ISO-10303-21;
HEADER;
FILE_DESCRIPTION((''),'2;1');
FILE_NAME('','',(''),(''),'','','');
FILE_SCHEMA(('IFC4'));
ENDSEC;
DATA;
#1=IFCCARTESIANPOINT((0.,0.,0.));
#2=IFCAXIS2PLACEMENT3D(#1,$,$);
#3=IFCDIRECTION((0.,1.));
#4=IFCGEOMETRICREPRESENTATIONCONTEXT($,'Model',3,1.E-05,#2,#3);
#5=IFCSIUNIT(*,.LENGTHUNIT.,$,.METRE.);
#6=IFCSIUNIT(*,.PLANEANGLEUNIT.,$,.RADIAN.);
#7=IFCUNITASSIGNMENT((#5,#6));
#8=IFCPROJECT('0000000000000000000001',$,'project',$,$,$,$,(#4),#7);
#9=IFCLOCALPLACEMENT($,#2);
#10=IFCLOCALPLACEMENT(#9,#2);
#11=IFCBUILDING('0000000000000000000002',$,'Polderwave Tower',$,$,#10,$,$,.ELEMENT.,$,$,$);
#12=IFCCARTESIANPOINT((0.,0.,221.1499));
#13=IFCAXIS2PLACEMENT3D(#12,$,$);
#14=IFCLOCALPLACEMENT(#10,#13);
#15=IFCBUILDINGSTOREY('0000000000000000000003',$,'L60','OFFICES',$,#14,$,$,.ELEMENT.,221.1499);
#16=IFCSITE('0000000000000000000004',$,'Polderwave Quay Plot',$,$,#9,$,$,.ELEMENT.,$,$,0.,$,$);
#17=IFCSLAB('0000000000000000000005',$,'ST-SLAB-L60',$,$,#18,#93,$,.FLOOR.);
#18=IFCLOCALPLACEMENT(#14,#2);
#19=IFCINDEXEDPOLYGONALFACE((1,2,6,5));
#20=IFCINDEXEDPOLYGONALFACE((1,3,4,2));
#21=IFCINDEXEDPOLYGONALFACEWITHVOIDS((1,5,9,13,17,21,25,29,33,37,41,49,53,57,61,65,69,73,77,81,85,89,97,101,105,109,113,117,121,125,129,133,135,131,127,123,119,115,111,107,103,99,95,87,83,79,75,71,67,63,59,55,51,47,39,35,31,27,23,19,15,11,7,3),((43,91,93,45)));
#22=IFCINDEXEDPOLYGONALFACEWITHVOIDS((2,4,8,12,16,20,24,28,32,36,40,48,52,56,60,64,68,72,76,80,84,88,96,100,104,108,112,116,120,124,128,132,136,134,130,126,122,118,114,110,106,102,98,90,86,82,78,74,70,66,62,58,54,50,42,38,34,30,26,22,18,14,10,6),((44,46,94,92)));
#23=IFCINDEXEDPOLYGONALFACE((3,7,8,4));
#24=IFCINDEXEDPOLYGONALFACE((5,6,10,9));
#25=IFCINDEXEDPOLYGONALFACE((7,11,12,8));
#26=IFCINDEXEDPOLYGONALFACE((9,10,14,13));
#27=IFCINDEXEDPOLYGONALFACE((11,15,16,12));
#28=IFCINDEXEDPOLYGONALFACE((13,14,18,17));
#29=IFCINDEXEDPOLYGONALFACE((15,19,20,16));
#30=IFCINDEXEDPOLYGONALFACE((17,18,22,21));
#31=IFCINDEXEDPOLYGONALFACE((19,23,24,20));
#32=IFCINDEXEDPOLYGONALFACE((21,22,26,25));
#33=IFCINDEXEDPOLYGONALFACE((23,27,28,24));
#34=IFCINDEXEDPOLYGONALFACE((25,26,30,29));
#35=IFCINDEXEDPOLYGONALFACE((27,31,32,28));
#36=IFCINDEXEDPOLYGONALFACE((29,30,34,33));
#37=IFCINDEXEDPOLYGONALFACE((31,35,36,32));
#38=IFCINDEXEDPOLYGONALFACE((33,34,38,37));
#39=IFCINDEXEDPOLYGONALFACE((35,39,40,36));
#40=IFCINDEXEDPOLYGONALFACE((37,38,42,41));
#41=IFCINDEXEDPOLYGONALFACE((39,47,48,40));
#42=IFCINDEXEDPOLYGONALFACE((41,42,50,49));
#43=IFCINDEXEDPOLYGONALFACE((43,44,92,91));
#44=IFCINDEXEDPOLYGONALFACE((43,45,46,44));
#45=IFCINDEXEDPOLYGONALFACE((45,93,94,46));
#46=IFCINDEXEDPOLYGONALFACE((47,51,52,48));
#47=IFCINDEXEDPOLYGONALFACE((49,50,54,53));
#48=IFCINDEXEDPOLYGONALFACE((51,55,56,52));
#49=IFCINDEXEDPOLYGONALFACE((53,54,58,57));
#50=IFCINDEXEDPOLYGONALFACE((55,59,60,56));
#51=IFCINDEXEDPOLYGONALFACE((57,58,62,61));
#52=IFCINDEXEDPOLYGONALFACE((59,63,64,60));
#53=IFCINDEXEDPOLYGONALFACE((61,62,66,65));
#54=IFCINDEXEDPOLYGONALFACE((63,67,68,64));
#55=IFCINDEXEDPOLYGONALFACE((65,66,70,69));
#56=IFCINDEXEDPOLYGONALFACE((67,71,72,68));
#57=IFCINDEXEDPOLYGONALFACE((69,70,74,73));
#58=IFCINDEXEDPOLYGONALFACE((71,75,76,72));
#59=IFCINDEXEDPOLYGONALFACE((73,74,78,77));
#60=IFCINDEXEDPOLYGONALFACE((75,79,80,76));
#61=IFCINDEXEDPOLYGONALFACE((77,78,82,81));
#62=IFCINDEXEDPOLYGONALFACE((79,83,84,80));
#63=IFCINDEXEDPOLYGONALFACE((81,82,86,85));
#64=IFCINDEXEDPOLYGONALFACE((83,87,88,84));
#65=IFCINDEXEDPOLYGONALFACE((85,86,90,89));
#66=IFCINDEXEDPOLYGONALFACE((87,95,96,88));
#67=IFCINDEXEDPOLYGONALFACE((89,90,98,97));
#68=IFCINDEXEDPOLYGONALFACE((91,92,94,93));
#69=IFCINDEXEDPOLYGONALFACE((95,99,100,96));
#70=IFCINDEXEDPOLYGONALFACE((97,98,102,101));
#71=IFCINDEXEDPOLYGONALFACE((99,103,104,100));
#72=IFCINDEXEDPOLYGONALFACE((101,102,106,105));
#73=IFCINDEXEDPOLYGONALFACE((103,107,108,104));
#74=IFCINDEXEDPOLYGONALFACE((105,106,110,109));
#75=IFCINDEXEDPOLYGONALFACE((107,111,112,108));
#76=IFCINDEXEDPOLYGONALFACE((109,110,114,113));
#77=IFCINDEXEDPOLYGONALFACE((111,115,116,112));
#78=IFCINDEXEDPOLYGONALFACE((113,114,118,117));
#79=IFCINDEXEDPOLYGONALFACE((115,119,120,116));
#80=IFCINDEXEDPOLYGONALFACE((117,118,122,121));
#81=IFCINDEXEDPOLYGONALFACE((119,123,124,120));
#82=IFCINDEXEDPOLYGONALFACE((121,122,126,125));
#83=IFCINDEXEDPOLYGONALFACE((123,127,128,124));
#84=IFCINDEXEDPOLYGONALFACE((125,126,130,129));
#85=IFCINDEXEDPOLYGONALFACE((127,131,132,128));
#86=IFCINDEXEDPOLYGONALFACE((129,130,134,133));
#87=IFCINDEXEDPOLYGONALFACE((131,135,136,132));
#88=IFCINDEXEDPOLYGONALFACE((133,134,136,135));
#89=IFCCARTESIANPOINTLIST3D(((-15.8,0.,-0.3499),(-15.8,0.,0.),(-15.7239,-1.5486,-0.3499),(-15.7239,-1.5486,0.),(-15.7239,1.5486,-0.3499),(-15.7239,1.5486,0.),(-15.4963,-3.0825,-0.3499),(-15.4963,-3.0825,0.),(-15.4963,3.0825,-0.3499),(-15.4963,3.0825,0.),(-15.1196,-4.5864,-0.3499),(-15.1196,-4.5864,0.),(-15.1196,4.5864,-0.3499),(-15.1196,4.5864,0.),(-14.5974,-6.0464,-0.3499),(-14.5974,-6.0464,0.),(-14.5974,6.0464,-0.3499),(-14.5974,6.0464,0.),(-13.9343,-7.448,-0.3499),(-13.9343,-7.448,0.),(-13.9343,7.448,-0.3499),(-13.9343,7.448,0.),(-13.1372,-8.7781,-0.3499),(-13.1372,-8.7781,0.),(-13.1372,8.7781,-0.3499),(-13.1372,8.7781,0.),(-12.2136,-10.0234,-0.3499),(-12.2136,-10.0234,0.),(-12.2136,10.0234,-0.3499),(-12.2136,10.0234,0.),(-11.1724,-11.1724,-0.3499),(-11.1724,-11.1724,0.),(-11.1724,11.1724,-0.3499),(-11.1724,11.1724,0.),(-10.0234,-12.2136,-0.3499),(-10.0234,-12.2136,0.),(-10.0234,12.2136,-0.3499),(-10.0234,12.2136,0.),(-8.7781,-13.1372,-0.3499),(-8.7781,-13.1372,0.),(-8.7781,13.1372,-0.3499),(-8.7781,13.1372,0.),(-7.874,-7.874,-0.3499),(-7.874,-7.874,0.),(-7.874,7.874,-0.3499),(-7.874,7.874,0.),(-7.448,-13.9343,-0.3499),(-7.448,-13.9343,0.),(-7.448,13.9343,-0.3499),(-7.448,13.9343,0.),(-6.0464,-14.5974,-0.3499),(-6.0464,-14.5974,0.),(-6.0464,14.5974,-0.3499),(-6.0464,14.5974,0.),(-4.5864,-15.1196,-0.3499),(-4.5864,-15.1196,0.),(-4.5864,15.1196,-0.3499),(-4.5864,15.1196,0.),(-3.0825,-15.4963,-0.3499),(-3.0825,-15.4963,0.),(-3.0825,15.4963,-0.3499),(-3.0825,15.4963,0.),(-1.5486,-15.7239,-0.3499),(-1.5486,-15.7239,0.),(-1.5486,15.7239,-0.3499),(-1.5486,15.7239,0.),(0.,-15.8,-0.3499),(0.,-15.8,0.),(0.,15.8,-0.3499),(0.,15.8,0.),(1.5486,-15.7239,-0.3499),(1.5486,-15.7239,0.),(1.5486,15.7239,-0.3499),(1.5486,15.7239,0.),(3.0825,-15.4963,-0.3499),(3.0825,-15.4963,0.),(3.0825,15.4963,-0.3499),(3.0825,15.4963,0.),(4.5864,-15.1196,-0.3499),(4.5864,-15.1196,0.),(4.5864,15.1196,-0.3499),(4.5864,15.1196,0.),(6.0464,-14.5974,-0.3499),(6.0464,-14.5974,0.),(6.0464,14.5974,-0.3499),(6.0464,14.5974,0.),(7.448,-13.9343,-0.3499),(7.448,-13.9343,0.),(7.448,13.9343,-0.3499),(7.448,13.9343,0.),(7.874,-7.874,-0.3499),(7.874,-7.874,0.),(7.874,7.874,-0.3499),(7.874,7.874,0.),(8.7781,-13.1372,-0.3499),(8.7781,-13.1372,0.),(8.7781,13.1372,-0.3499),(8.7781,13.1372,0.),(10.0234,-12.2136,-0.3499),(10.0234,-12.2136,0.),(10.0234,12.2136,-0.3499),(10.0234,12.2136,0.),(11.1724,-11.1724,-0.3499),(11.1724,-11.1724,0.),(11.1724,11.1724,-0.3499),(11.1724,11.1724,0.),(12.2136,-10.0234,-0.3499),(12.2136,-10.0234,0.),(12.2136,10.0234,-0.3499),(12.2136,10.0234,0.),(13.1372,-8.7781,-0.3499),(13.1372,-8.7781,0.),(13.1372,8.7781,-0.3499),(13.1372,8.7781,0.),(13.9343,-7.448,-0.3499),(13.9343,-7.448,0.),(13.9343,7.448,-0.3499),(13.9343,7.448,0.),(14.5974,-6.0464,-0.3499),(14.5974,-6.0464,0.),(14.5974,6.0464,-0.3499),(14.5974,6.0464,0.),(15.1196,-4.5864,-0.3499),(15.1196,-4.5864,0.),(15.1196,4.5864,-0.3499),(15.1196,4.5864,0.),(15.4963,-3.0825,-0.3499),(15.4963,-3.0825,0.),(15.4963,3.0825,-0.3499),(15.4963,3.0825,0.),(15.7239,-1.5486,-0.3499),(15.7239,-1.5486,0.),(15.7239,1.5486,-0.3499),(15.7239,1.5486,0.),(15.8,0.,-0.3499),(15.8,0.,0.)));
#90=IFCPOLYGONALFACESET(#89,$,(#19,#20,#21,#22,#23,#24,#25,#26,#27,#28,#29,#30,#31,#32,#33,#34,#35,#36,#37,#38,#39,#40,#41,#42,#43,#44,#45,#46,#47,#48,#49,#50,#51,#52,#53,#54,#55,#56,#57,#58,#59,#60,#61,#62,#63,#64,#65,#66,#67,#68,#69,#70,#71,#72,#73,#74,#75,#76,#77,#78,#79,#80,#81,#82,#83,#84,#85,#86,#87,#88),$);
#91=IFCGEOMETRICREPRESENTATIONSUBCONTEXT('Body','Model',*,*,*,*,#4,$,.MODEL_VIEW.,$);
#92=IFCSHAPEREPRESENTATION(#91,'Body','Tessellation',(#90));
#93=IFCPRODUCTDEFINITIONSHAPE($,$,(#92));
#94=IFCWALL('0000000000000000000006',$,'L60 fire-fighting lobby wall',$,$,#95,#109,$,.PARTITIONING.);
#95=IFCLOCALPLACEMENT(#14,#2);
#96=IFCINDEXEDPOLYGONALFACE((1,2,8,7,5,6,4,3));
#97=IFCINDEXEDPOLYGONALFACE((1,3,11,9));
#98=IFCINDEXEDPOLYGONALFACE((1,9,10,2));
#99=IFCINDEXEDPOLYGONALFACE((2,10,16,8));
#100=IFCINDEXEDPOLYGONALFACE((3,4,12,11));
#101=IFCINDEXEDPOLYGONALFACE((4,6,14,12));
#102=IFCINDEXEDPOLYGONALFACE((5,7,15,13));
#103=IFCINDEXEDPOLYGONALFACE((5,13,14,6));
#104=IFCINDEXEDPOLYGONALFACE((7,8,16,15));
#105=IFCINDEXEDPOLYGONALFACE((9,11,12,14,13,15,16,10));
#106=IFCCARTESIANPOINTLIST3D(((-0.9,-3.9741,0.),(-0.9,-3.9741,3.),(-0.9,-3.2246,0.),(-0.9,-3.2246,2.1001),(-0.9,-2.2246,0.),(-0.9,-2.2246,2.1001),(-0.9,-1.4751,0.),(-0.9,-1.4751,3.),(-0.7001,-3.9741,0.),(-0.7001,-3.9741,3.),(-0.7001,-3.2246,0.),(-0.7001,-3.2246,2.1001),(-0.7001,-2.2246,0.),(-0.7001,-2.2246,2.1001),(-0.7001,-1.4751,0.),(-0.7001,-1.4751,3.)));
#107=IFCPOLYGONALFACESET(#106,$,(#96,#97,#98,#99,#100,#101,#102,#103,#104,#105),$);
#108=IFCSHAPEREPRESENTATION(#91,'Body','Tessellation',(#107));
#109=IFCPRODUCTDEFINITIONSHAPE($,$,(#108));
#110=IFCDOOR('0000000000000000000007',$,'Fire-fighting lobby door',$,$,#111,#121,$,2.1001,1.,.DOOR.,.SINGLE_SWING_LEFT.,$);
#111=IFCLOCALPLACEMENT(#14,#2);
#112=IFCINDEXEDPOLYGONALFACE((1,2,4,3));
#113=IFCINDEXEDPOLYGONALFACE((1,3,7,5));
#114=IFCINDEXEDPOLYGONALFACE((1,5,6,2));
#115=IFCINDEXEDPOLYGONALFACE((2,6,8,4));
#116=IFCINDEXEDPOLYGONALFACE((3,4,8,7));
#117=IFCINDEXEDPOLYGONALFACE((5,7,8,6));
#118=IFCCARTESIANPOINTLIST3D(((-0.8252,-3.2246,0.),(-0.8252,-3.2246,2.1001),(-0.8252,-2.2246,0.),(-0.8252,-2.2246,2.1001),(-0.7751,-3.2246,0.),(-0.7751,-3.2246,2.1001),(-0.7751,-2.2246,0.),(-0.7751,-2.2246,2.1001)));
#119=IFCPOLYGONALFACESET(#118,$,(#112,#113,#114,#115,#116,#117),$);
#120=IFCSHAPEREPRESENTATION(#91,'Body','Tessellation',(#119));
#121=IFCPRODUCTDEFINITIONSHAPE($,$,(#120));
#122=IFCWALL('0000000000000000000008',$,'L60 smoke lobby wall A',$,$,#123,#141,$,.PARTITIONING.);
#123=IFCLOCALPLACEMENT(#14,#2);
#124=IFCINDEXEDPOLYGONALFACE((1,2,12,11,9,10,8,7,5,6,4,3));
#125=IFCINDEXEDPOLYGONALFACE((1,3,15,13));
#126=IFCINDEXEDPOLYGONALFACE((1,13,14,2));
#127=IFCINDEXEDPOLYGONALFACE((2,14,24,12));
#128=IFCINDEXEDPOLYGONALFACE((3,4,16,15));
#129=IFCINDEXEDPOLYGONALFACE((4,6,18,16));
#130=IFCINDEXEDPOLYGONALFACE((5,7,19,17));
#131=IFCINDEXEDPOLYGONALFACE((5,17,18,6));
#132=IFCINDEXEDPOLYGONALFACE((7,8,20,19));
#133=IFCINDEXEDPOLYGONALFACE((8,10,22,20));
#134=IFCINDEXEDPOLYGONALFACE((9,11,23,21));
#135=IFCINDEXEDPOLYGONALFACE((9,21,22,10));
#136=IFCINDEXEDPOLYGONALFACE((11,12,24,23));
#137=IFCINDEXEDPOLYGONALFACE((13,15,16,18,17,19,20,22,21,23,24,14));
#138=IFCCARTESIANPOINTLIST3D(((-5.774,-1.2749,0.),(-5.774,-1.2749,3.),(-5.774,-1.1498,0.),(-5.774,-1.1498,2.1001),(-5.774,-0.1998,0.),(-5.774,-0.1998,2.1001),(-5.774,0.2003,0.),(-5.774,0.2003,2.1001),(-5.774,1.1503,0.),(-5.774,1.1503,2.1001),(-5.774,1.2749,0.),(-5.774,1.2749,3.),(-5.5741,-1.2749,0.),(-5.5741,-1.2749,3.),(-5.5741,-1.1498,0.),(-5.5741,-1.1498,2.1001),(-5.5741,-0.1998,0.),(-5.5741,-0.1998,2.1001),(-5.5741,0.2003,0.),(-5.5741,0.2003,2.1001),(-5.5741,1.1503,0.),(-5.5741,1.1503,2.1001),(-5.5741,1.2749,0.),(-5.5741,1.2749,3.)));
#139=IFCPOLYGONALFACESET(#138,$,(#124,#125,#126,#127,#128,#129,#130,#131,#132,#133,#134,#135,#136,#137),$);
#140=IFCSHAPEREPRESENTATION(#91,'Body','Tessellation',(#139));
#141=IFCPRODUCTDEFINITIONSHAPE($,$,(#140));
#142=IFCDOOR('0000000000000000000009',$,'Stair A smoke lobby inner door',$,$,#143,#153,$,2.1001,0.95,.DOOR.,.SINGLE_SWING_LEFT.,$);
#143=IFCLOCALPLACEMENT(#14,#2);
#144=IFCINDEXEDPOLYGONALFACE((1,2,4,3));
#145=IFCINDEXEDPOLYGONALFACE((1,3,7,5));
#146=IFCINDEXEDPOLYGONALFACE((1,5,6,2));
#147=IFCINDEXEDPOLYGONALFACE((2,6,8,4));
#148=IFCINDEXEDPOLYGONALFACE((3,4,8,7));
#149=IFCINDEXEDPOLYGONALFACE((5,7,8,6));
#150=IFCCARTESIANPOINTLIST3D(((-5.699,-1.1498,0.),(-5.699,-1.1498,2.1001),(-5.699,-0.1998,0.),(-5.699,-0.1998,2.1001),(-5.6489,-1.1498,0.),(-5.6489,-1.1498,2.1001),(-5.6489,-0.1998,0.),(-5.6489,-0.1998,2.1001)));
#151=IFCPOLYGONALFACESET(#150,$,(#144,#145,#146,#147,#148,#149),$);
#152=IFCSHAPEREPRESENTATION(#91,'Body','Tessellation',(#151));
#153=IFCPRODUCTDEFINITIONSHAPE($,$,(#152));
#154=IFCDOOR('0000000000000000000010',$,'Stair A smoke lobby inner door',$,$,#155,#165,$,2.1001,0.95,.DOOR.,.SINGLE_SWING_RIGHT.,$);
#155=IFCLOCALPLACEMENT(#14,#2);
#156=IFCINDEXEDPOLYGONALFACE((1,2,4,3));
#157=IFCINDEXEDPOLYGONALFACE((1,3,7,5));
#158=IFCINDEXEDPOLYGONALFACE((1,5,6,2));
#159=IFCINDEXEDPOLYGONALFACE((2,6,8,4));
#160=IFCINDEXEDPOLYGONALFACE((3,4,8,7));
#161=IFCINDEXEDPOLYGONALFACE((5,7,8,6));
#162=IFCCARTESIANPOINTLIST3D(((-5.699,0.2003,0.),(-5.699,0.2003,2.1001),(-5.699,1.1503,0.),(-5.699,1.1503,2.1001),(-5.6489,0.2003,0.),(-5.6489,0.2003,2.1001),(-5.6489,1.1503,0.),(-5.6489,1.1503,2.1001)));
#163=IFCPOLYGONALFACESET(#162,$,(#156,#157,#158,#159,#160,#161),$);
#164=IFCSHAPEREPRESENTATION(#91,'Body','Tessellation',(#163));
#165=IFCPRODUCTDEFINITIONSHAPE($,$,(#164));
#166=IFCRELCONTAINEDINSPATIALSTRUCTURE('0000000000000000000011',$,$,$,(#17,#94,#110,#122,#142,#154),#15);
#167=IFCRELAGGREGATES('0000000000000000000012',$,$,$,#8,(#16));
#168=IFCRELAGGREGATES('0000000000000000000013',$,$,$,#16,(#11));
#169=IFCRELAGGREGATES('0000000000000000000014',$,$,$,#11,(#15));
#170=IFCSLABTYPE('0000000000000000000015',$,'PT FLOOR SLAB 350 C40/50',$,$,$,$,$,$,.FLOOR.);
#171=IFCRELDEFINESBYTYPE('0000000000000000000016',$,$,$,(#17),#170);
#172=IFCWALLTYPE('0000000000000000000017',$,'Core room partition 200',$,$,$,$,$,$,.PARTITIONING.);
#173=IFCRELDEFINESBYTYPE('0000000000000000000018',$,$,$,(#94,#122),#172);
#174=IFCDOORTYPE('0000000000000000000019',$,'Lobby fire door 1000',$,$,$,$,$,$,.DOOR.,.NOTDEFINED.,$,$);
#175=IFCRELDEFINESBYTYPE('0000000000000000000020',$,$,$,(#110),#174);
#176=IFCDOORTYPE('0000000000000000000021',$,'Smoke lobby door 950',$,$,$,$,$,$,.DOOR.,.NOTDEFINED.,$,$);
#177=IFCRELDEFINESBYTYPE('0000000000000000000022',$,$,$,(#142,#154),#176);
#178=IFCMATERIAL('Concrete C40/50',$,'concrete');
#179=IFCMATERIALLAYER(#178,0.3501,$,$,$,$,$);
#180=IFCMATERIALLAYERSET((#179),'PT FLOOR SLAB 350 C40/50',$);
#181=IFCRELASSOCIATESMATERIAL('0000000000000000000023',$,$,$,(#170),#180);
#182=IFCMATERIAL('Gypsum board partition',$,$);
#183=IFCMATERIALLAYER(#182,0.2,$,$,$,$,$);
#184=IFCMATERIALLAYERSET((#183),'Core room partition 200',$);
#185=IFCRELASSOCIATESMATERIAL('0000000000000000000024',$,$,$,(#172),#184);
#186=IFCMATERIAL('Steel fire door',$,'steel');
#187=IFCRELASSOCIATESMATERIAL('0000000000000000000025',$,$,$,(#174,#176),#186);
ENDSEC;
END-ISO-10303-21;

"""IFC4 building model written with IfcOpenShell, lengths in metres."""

from ifc_helpers import new_model, si_unit, direction, frame, frame_2d, origin, place, context, subcontext, project, spatial, polyline, rectangle, outline, extrude, material, layer, layer_set, type_object, element, fill, save


model = new_model("IFC4")

# Units and contexts
model_context = context("Model", 3, precision=1e-05, world=origin(), true_north=direction((0.0, 1.0)))
body_context = subcontext(model_context, "Body", "Model", "MODEL_VIEW")
ifc_project = project(units=[si_unit("LENGTHUNIT", "METRE"), si_unit("PLANEANGLEUNIT", "RADIAN")], contexts=[model_context])

# Site, building, storey
site_placement = place(None, origin())
site = spatial("IfcSite", under=ifc_project, at=site_placement, Name="Polderwave Quay Plot", CompositionType="ELEMENT", RefElevation=0.0)
building_placement = place(site_placement, origin())
building = spatial("IfcBuilding", under=site, at=building_placement, Name="Polderwave Tower", CompositionType="ELEMENT")
storey_placement = place(building_placement, frame((0.0, 0.0, 221.1499)))
storey = spatial("IfcBuildingStorey", under=building, at=storey_placement, Name="L60", Description="OFFICES", CompositionType="ELEMENT", Elevation=221.1499)

# Slab
ifc_material_1 = material(Name="Concrete C40/50", Category="concrete")
ifc_layer_1 = layer(ifc_material_1, 0.3501)
ifc_layer_set_1 = layer_set([ifc_layer_1], Name="PT FLOOR SLAB 350 C40/50")
slab_type = type_object("IfcSlabType", Name="PT FLOOR SLAB 350 C40/50", PredefinedType="FLOOR", material=ifc_layer_set_1)
slab_placement = place(storey_placement, frame((0.0, 0.0, -0.3499)))
element("IfcSlab", 1, at=slab_placement, inside=storey, type_object=slab_type, Name="ST-SLAB-L60", PredefinedType="FLOOR", context=body_context, shape_type="SweptSolid", body=[
    extrude(outline(polyline([(15.8, 0.0), (15.7239, 1.5486), (15.4963, 3.0825), (15.1196, 4.5864), (14.5974, 6.0464), (13.9343, 7.448), (13.1372, 8.7781), (12.2136, 10.0234), (11.1724, 11.1724), (10.0234, 12.2136), (8.7781, 13.1372), (7.448, 13.9343), (6.0464, 14.5974), (4.5864, 15.1196), (3.0825, 15.4963), (1.5486, 15.7239), (0.0, 15.8), (-1.5486, 15.7239), (-3.0825, 15.4963), (-4.5864, 15.1196), (-6.0464, 14.5974), (-7.448, 13.9343), (-8.7781, 13.1372), (-10.0234, 12.2136), (-11.1724, 11.1724), (-12.2136, 10.0234), (-13.1372, 8.7781), (-13.9343, 7.448), (-14.5974, 6.0464), (-15.1196, 4.5864), (-15.4963, 3.0825), (-15.7239, 1.5486), (-15.8, 0.0), (-15.7239, -1.5486), (-15.4963, -3.0825), (-15.1196, -4.5864), (-14.5974, -6.0464), (-13.9343, -7.448), (-13.1372, -8.7781), (-12.2136, -10.0234), (-11.1724, -11.1724), (-10.0234, -12.2136), (-8.7781, -13.1372), (-7.448, -13.9343), (-6.0464, -14.5974), (-4.5864, -15.1196), (-3.0825, -15.4963), (-1.5486, -15.7239), (0.0, -15.8), (1.5486, -15.7239), (3.0825, -15.4963), (4.5864, -15.1196), (6.0464, -14.5974), (7.448, -13.9343), (8.7781, -13.1372), (10.0234, -12.2136), (11.1724, -11.1724), (12.2136, -10.0234), (13.1372, -8.7781), (13.9343, -7.448), (14.5974, -6.0464), (15.1196, -4.5864), (15.4963, -3.0825), (15.7239, -1.5486), (15.8, 0.0)]), holes=[polyline([(-7.874, -7.874), (7.874, -7.874), (7.874, 7.874), (-7.874, 7.874), (-7.874, -7.874)])]), origin(), (0.0, 0.0, 1.0), 0.3499),
])

# Wall, opening, door
ifc_material_2 = material(Name="Gypsum board partition")
ifc_layer_2 = layer(ifc_material_2, 0.2)
ifc_layer_set_2 = layer_set([ifc_layer_2], Name="Core room partition 200")
wall_type_1 = type_object("IfcWallType", Name="Core room partition 200", PredefinedType="PARTITIONING", material=ifc_layer_set_2)
wall_1_placement = place(storey_placement, frame((-0.8, -3.9741, 0.0), z_axis=(0.0, 0.0, 1.0), x_axis=(0.0, 1.0, 0.0)))
wall_1 = element("IfcWall", 2, at=wall_1_placement, inside=storey, type_object=wall_type_1, Name="L60 fire-fighting lobby wall", PredefinedType="PARTITIONING", context=body_context, shape_type="SweptSolid", body=[
    extrude(rectangle(XDim=2.499, YDim=0.2, at=frame_2d((1.2495, 0.0))), origin(), (0.0, 0.0, 1.0), 3.0),
])
opening_1_placement = place(wall_1_placement, frame((0.7495, 0.0, 0.0)))
opening_1 = element("IfcOpeningElement", 3, at=opening_1_placement, cuts=wall_1, PredefinedType="OPENING", context=body_context, shape_type="SweptSolid", body=[
    extrude(rectangle(XDim=1.0, YDim=2.1001, at=frame_2d((0.5, 1.05))), frame((0.0, 0.1099, 0.0), z_axis=(0.0, -1.0, 0.0), x_axis=(1.0, 0.0, 0.0)), (0.0, 0.0, 1.0), 0.22),
])
ifc_material_3 = material(Name="Steel fire door", Category="steel")
door_type_1 = type_object("IfcDoorType", Name="Lobby fire door 1000", OperationType="NOTDEFINED", PredefinedType="DOOR", material=ifc_material_3)
door_1_placement = place(opening_1_placement, frame((1.0, 0.0, 0.0), z_axis=(0.0, 0.0, 1.0), x_axis=(-1.0, 0.0, 0.0)))
door_1 = element("IfcDoor", 4, at=door_1_placement, inside=storey, type_object=door_type_1, Name="Fire-fighting lobby door", OperationType="SINGLE_SWING_LEFT", OverallHeight=2.1001, OverallWidth=1.0, PredefinedType="DOOR", context=body_context, shape_type="SweptSolid", body=[
    extrude(rectangle(XDim=1.0, YDim=2.1001, at=frame_2d((0.5, 1.05))), frame((0.0, 0.0249, 0.0), z_axis=(0.0, -1.0, 0.0), x_axis=(1.0, 0.0, 0.0)), (0.0, 0.0, 1.0), 0.05),
])
fill(opening_1, door_1)

# Wall, openings, doors
wall_2_placement = place(storey_placement, frame((-5.6741, -1.2749, 0.0), z_axis=(0.0, 0.0, 1.0), x_axis=(0.0, 1.0, 0.0)))
wall_2 = element("IfcWall", 5, at=wall_2_placement, inside=storey, type_object=wall_type_1, Name="L60 smoke lobby wall A", PredefinedType="PARTITIONING", context=body_context, shape_type="SweptSolid", body=[
    extrude(rectangle(XDim=2.5498, YDim=0.2, at=frame_2d((1.2749, 0.0))), origin(), (0.0, 0.0, 1.0), 3.0),
])
opening_2_placement = place(wall_2_placement, frame((0.125, 0.0, 0.0)))
opening_2 = element("IfcOpeningElement", 6, at=opening_2_placement, cuts=wall_2, PredefinedType="OPENING", context=body_context, shape_type="SweptSolid", body=[
    extrude(rectangle(XDim=0.95, YDim=2.1001, at=frame_2d((0.4751, 1.05))), frame((0.0, 0.1099, 0.0), z_axis=(0.0, -1.0, 0.0), x_axis=(1.0, 0.0, 0.0)), (0.0, 0.0, 1.0), 0.22),
])
opening_3_placement = place(wall_2_placement, frame((1.4751, 0.0, 0.0)))
opening_3 = element("IfcOpeningElement", 7, at=opening_3_placement, cuts=wall_2, PredefinedType="OPENING", context=body_context, shape_type="SweptSolid", body=[
    extrude(rectangle(XDim=0.95, YDim=2.1001, at=frame_2d((0.4751, 1.05))), frame((0.0, 0.1099, 0.0), z_axis=(0.0, -1.0, 0.0), x_axis=(1.0, 0.0, 0.0)), (0.0, 0.0, 1.0), 0.22),
])
door_type_2 = type_object("IfcDoorType", Name="Smoke lobby door 950", OperationType="NOTDEFINED", PredefinedType="DOOR", material=ifc_material_3)
door_2_placement = place(opening_2_placement, origin())
door_2 = element("IfcDoor", 8, at=door_2_placement, inside=storey, type_object=door_type_2, Name="Stair A smoke lobby inner door", OperationType="SINGLE_SWING_LEFT", OverallHeight=2.1001, OverallWidth=0.95, PredefinedType="DOOR", context=body_context, shape_type="SweptSolid", body=[
    extrude(rectangle(XDim=0.95, YDim=2.1001, at=frame_2d((0.4751, 1.05))), frame((0.0, 0.0249, 0.0), z_axis=(0.0, -1.0, 0.0), x_axis=(1.0, 0.0, 0.0)), (0.0, 0.0, 1.0), 0.05),
])
fill(opening_2, door_2)
door_3_placement = place(opening_3_placement, origin())
door_3 = element("IfcDoor", 9, at=door_3_placement, inside=storey, type_object=door_type_2, Name="Stair A smoke lobby inner door", OperationType="SINGLE_SWING_RIGHT", OverallHeight=2.1001, OverallWidth=0.95, PredefinedType="DOOR", context=body_context, shape_type="SweptSolid", body=[
    extrude(rectangle(XDim=0.95, YDim=2.1001, at=frame_2d((0.4751, 1.05))), frame((0.0, 0.0249, 0.0), z_axis=(0.0, -1.0, 0.0), x_axis=(1.0, 0.0, 0.0)), (0.0, 0.0, 1.0), 0.05),
])
fill(opening_3, door_3)

save(model, "model.ifc")
